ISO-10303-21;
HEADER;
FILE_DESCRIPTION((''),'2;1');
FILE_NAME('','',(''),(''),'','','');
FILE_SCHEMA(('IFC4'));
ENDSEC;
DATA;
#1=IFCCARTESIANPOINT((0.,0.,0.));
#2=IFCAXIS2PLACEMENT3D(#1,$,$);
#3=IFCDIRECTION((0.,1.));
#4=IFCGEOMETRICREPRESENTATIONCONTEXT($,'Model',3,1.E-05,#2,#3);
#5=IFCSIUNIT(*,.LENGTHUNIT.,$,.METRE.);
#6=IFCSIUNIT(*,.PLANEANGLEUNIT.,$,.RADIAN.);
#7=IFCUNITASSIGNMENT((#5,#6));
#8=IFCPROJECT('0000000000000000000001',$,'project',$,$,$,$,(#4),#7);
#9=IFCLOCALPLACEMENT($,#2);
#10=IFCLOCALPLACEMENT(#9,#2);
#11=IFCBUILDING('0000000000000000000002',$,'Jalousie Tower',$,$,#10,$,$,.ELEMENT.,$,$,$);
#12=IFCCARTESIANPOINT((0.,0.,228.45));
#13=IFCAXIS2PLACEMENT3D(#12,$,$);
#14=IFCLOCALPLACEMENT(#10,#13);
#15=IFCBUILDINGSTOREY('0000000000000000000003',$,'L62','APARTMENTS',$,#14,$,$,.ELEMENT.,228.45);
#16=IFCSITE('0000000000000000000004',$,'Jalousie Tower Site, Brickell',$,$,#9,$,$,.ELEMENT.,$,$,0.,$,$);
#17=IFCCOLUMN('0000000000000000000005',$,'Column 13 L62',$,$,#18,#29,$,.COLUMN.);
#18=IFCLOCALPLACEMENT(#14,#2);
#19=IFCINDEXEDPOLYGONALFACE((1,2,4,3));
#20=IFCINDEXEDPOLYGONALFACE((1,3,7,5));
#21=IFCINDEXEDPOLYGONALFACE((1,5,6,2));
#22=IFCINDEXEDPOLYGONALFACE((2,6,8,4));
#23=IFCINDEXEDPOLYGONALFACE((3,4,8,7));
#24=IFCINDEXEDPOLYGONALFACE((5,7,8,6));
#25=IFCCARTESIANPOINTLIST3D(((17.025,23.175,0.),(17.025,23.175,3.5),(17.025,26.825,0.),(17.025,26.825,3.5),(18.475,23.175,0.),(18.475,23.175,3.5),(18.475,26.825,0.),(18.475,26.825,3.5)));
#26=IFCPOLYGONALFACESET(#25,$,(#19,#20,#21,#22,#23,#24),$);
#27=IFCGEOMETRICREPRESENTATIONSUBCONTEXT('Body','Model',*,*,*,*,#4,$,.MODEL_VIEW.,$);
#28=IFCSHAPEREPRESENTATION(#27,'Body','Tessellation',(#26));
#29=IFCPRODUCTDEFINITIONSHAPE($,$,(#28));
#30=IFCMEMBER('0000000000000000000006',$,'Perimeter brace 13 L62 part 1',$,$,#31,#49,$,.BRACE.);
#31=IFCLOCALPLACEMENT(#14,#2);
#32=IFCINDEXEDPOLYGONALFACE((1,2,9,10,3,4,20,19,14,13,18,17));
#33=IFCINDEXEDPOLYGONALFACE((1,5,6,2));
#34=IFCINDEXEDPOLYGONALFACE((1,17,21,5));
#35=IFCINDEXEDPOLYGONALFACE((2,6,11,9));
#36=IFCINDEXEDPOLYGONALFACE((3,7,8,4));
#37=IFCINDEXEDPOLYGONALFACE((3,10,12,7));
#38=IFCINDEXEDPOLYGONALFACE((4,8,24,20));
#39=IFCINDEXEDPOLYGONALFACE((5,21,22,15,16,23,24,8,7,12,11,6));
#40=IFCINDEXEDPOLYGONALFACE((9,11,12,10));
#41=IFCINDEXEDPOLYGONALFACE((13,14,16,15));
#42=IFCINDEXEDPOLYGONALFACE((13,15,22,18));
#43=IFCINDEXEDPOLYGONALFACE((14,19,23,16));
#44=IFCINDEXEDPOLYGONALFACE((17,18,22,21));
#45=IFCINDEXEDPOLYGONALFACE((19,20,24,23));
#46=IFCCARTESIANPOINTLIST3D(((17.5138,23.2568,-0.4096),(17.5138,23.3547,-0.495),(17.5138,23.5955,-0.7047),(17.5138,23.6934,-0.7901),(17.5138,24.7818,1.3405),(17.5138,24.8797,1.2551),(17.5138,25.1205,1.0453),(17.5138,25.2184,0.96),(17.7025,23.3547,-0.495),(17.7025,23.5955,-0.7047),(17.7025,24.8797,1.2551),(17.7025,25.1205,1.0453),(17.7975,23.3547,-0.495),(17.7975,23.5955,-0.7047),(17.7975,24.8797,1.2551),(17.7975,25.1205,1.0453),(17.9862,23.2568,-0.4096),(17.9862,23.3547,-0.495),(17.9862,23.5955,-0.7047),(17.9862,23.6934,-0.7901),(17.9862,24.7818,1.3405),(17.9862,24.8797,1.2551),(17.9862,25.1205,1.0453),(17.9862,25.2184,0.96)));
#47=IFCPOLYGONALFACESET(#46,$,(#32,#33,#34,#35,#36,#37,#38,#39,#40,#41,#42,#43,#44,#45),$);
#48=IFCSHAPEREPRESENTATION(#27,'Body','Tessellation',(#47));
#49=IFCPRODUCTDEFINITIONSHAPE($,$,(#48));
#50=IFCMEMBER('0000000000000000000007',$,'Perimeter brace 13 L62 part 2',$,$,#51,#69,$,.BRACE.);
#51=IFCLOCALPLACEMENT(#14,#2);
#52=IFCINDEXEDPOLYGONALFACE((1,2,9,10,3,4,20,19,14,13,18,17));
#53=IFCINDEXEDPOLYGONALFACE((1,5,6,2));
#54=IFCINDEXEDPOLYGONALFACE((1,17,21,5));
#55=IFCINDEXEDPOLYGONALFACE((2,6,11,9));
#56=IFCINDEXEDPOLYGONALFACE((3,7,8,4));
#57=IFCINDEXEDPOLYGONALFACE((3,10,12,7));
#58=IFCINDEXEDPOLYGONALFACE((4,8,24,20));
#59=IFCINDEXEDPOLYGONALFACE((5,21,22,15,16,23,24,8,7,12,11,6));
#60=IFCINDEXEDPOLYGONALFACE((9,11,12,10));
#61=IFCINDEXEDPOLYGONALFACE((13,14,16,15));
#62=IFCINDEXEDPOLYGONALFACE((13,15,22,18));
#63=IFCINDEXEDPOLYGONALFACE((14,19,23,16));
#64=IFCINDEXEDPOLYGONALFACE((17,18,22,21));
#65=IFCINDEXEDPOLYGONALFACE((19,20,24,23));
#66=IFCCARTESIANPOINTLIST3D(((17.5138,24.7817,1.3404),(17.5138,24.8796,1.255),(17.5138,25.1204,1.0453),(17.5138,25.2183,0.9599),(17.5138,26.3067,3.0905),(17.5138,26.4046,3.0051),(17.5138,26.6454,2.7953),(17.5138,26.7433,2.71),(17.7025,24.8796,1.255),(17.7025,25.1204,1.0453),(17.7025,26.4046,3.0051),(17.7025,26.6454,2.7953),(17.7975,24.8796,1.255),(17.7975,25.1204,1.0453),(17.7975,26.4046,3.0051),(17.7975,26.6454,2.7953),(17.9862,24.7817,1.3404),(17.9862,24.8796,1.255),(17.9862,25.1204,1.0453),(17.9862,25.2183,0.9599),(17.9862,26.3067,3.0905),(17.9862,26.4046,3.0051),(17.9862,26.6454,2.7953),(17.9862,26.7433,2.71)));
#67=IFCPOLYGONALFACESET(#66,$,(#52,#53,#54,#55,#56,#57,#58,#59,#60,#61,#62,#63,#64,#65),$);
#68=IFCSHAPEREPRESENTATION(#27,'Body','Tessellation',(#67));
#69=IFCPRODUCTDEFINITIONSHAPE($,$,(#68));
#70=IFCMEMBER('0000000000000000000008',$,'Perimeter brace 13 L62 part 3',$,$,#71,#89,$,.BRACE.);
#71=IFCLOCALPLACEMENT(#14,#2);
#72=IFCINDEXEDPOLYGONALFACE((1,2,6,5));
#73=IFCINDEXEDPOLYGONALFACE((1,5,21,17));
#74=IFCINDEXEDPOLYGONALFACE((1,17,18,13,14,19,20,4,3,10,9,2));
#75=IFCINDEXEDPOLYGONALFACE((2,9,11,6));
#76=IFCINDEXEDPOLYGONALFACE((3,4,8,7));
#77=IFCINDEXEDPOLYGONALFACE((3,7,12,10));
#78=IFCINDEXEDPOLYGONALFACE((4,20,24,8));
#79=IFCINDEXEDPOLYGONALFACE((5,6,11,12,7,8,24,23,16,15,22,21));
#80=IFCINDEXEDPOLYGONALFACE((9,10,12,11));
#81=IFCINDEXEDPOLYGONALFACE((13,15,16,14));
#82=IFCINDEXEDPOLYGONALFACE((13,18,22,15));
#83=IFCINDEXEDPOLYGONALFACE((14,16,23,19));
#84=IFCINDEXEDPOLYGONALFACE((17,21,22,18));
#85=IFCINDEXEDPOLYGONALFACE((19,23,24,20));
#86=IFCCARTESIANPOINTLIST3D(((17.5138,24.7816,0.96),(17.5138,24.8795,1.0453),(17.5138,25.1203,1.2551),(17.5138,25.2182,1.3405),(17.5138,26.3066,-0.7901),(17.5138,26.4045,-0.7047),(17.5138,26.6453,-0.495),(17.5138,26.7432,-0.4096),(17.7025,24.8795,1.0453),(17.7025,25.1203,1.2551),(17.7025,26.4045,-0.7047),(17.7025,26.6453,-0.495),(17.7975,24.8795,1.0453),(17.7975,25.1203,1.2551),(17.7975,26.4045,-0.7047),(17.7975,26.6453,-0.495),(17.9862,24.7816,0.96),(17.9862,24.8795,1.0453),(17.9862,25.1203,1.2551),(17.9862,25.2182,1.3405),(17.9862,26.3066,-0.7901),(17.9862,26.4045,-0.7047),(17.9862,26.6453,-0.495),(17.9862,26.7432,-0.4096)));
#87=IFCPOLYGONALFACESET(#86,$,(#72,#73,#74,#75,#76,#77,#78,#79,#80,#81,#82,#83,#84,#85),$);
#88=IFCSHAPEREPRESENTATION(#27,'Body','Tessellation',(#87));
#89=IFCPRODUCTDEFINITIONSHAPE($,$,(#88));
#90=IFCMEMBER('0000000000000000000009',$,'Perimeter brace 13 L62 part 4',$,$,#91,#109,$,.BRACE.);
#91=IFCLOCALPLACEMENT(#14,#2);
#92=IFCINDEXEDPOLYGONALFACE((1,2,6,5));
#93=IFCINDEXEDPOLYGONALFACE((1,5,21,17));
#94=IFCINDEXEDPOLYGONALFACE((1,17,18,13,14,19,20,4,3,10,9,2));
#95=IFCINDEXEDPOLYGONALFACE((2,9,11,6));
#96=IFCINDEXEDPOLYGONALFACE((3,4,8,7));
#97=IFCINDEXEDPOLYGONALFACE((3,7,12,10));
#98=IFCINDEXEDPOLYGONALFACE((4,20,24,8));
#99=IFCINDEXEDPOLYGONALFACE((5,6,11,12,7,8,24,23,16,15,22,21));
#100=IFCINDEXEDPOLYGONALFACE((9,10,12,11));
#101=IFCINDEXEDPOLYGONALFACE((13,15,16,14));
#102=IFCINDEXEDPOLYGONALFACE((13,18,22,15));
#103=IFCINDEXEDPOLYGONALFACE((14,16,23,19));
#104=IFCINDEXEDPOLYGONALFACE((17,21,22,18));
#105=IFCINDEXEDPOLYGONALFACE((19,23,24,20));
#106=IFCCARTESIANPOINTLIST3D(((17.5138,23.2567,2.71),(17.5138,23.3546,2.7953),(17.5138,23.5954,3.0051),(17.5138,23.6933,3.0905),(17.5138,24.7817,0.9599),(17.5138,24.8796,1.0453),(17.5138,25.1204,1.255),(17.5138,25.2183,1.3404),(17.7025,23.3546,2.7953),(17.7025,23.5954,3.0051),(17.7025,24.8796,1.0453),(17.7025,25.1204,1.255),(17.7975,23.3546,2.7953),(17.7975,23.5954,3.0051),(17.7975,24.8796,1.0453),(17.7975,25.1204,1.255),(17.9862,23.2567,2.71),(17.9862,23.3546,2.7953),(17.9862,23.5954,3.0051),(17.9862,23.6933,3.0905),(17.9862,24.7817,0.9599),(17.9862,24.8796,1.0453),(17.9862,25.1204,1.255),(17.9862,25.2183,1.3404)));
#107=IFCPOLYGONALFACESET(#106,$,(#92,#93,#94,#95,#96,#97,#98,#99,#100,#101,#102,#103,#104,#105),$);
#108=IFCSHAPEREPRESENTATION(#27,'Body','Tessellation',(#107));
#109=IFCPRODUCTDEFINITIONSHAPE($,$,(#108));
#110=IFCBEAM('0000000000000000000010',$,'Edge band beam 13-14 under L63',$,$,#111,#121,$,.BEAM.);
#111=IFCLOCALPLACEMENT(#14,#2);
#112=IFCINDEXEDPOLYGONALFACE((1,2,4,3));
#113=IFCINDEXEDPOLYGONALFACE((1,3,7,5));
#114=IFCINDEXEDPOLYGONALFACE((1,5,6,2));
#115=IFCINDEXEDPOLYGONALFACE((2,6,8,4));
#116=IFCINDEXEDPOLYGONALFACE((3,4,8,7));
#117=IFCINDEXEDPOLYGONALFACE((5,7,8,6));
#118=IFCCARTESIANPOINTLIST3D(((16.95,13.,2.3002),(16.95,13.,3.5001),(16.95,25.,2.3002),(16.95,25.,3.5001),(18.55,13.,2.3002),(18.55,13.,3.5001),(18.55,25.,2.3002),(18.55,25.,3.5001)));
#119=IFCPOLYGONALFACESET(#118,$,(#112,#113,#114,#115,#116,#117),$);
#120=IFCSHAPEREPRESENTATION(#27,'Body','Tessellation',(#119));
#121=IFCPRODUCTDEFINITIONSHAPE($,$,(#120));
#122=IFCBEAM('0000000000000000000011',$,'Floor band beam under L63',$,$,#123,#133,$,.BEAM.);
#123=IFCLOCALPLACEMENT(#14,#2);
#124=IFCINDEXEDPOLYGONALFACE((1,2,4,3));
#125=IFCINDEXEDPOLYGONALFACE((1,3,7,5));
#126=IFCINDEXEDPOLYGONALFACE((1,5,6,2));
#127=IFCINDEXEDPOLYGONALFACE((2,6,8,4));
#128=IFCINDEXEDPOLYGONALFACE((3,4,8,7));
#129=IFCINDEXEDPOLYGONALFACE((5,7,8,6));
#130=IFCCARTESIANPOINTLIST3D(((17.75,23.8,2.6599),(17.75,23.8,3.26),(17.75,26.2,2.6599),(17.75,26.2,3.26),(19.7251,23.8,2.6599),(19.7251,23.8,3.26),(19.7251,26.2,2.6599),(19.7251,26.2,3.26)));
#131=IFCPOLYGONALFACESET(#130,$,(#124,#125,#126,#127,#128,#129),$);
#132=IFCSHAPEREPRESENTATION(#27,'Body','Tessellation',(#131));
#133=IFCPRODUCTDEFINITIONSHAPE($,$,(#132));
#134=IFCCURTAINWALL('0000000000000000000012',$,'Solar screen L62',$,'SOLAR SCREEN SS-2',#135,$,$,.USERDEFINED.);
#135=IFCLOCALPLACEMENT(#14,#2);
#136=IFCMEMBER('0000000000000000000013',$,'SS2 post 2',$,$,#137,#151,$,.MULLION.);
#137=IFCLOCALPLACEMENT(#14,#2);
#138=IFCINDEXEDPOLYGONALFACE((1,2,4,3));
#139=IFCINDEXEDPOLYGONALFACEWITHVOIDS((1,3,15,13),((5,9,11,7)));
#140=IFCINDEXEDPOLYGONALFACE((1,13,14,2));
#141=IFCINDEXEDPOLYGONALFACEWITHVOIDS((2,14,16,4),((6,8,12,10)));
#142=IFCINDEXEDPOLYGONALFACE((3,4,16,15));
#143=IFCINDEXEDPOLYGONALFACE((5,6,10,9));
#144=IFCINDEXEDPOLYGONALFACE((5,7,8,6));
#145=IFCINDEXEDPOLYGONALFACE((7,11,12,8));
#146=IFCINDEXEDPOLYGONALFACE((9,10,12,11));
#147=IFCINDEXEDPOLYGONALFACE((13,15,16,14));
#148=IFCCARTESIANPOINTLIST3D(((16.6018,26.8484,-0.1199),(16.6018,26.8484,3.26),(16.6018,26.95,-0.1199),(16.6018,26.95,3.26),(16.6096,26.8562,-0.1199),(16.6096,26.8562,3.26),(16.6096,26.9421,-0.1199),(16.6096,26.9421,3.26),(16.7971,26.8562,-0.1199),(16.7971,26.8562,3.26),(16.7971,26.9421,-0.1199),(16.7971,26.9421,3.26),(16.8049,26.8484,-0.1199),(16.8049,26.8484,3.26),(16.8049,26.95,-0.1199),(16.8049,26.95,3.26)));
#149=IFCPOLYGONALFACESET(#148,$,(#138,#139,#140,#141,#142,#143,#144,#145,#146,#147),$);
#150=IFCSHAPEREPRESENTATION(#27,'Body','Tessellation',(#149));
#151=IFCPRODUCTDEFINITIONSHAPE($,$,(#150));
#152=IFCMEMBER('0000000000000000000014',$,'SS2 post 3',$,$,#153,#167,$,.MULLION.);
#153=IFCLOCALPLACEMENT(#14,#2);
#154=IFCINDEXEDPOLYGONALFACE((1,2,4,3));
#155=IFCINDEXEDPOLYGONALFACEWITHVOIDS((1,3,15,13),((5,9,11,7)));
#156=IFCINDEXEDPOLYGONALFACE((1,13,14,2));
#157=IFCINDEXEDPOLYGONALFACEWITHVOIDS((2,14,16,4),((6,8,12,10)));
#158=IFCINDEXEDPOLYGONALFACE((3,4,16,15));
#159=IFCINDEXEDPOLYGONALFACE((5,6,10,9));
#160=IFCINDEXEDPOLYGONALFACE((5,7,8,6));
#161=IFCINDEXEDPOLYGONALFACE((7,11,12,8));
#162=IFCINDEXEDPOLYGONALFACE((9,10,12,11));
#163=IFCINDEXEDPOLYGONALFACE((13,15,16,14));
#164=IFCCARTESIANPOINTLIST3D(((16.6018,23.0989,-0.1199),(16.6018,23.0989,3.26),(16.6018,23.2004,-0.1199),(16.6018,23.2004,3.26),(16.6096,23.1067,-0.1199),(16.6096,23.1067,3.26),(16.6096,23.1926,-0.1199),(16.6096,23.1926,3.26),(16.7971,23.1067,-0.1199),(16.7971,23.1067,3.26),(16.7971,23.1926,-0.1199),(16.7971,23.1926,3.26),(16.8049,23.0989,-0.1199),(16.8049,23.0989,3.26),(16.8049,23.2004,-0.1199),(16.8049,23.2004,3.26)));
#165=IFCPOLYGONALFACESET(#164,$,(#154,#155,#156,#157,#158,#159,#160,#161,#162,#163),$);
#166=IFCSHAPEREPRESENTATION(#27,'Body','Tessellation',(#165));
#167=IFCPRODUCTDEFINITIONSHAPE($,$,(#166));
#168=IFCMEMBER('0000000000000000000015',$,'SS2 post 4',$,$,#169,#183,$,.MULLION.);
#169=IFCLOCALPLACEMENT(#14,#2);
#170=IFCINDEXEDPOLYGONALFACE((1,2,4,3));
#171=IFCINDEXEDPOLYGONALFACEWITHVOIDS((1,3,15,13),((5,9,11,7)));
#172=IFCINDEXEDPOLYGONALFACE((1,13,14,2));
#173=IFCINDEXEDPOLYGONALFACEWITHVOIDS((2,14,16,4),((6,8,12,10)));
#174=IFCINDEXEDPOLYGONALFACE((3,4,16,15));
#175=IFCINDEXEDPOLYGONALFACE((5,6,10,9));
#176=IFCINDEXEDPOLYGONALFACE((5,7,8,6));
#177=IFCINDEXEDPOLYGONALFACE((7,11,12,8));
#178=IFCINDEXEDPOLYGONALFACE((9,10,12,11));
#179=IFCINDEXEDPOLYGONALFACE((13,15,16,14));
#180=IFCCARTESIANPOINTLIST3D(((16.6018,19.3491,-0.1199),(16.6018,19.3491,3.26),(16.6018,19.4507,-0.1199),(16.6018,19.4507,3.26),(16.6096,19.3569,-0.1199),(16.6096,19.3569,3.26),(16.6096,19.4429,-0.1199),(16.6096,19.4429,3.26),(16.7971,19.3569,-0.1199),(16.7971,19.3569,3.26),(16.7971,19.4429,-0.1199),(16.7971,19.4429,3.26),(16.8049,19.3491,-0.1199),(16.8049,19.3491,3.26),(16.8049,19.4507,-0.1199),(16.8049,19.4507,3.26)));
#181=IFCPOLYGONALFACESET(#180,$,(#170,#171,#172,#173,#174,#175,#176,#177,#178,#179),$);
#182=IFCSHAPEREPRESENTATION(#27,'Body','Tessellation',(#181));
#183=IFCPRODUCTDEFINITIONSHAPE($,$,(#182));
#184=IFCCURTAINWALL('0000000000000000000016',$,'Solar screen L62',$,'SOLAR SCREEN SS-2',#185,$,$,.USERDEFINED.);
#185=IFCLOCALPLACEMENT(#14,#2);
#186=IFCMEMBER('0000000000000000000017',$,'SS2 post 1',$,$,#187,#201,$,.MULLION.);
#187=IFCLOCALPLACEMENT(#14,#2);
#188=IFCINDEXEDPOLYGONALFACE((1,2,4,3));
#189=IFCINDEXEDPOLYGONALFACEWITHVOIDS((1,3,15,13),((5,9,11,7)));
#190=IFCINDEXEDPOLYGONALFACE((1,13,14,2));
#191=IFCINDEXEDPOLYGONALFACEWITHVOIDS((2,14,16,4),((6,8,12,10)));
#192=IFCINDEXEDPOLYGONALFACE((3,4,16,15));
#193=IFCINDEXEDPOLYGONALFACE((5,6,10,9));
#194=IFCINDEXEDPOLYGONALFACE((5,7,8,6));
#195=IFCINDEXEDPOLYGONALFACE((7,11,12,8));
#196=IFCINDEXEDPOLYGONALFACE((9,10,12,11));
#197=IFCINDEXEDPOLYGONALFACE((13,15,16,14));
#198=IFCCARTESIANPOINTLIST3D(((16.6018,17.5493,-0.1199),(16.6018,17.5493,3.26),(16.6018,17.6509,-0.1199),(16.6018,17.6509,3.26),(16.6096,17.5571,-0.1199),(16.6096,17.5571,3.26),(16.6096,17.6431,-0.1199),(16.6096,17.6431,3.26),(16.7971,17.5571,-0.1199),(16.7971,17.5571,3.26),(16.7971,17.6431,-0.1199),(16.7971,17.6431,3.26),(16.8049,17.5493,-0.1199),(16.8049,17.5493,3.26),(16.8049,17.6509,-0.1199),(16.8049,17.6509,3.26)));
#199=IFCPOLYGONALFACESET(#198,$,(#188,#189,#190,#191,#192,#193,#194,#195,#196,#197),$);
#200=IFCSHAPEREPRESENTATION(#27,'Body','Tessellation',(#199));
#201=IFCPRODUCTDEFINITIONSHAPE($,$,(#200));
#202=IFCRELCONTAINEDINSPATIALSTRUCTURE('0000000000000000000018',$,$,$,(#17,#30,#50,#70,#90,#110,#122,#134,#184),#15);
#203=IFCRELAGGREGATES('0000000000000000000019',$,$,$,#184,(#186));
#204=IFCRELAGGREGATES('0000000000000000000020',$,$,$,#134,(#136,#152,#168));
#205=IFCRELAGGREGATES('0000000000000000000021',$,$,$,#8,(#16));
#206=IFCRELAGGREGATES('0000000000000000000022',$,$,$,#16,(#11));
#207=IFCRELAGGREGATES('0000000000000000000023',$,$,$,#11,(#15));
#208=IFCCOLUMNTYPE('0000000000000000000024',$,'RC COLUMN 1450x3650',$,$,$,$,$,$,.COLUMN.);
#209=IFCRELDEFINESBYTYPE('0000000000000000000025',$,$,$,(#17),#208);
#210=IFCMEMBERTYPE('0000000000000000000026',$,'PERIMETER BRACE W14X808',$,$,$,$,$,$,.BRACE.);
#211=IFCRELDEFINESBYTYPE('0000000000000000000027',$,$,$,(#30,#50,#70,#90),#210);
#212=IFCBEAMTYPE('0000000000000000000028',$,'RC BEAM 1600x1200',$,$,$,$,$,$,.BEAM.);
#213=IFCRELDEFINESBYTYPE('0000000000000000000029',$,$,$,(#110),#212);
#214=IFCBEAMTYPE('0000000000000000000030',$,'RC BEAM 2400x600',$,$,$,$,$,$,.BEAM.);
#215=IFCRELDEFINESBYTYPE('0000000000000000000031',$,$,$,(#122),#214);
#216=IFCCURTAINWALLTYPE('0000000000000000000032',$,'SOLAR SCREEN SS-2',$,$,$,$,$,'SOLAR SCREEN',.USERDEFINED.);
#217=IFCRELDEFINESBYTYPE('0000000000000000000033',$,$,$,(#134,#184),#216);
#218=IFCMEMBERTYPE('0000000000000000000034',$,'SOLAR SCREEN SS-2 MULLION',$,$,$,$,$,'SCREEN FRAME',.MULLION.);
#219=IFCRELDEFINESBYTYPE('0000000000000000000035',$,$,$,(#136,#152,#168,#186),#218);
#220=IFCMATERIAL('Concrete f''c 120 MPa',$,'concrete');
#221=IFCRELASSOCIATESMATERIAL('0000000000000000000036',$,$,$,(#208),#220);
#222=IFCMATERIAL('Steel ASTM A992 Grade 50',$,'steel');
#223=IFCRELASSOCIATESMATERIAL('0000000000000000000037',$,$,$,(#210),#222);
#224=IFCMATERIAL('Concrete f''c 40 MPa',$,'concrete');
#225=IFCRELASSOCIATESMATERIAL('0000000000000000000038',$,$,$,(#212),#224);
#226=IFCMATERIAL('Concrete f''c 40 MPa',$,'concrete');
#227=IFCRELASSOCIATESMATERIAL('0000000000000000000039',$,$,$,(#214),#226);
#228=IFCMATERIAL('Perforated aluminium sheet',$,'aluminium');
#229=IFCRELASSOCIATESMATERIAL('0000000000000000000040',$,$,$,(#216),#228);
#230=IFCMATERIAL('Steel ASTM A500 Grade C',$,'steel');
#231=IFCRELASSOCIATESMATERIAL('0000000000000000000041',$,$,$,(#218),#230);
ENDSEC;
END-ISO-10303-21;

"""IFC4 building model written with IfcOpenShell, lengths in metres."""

from ifc_helpers import new_model, si_unit, direction, frame, origin, origin_2d, place, context, subcontext, project, spatial, rectangle, hollow_rectangle, i_section, extrude, material, material_profile, profile_set, type_object, element, aggregate, save


model = new_model("IFC4")

# Units and contexts
model_context = context("Model", 3, precision=1e-05, world=origin(), true_north=direction((0.0, 1.0)))
body_context = subcontext(model_context, "Body", "Model", "MODEL_VIEW")
ifc_project = project(units=[si_unit("LENGTHUNIT", "METRE"), si_unit("PLANEANGLEUNIT", "RADIAN")], contexts=[model_context])

# Site, building, storey
site_placement = place(None, origin())
site = spatial("IfcSite", under=ifc_project, at=site_placement, Name="Jalousie Tower Site, Brickell", CompositionType="ELEMENT", RefElevation=0.0)
building_placement = place(site_placement, origin())
building = spatial("IfcBuilding", under=site, at=building_placement, Name="Jalousie Tower", CompositionType="ELEMENT")
storey_placement = place(building_placement, frame((0.0, 0.0, 228.45)))
storey = spatial("IfcBuildingStorey", under=building, at=storey_placement, Name="L62", Description="APARTMENTS", CompositionType="ELEMENT", Elevation=228.45)

# Column
ifc_material_1 = material(Name="Concrete f'c 120 MPa", Category="concrete")
ifc_material_profile_1 = material_profile(ifc_material_1, rectangle(XDim=1.45, YDim=3.6499, at=origin_2d()), Name="RC 1450x3650")
ifc_profile_set_1 = profile_set([ifc_material_profile_1], Name="Concrete f'c 120 MPa")
column_type = type_object("IfcColumnType", Name="RC COLUMN 1450x3650", PredefinedType="COLUMN", material=ifc_profile_set_1)
column_placement = place(storey_placement, frame((17.75, 25.0, 0.0), z_axis=(0.0, 0.0, 1.0), x_axis=(1.0, 0.0, 0.0)))
element("IfcColumn", 1, at=column_placement, inside=storey, type_object=column_type, Name="Column 13 L62", PredefinedType="COLUMN", context=body_context, shape_type="SweptSolid", body=[
    extrude(rectangle(XDim=1.45, YDim=3.6499, at=origin_2d()), origin(), (0.0, 0.0, 1.0), 3.5),
])

# Members
ifc_material_2 = material(Name="Steel ASTM A992 Grade 50", Category="steel")
ifc_material_profile_2 = material_profile(ifc_material_2, i_section(OverallWidth=0.4724, OverallDepth=0.5791, WebThickness=0.095, FlangeThickness=0.1299, at=origin_2d()), Name="W14X808")
ifc_profile_set_2 = profile_set([ifc_material_profile_2], Name="Steel ASTM A992 Grade 50")
member_type_1 = type_object("IfcMemberType", Name="PERIMETER BRACE W14X808", PredefinedType="BRACE", material=ifc_profile_set_2)
for number, where, z_axis, x_axis, name in (
    (2, (17.75, 23.4751, -0.5999), (0.0, 0.656954, 0.75393), (-1.0, 0.0, 0.0), "Perimeter brace 13 L62 part 1"),
    (3, (17.75, 25.0, 1.1501), (0.0, 0.656954, 0.75393), (-1.0, 0.0, 0.0), "Perimeter brace 13 L62 part 2"),
    (4, (17.75, 26.5249, -0.5999), (0.0, -0.656954, 0.75393), (1.0, 0.0, 0.0), "Perimeter brace 13 L62 part 3"),
    (5, (17.75, 25.0, 1.1501), (0.0, -0.656954, 0.75393), (1.0, 0.0, 0.0), "Perimeter brace 13 L62 part 4"),
):
    element("IfcMember", number, at=place(storey_placement, frame(where, z_axis=z_axis, x_axis=x_axis)), inside=storey, type_object=member_type_1, Name=name, PredefinedType="BRACE", context=body_context, shape_type="SweptSolid", body=[
        extrude(i_section(OverallWidth=0.4724, OverallDepth=0.5791, WebThickness=0.095, FlangeThickness=0.1299, at=origin_2d()), origin(), (0.0, 0.0, 1.0), 2.3213),
    ])

# Beams
ifc_material_3 = material(Name="Concrete f'c 40 MPa", Category="concrete")
ifc_material_profile_3 = material_profile(ifc_material_3, rectangle(XDim=1.6001, YDim=1.2, at=origin_2d()), Name="RC 1600x1200")
ifc_profile_set_3 = profile_set([ifc_material_profile_3], Name="Concrete f'c 40 MPa")
beam_type_1 = type_object("IfcBeamType", Name="RC BEAM 1600x1200", PredefinedType="BEAM", material=ifc_profile_set_3)
beam_1_placement = place(storey_placement, frame((17.75, 25.0, 2.9001), z_axis=(0.0, -1.0, 0.0), x_axis=(1.0, 0.0, 0.0)))
element("IfcBeam", 6, at=beam_1_placement, inside=storey, type_object=beam_type_1, Name="Edge band beam 13-14 under L63", PredefinedType="BEAM", context=body_context, shape_type="SweptSolid", body=[
    extrude(rectangle(XDim=1.6001, YDim=1.2, at=origin_2d()), origin(), (0.0, 0.0, 1.0), 12.0),
])
ifc_material_4 = material(Name="Concrete f'c 40 MPa", Category="concrete")
ifc_material_profile_4 = material_profile(ifc_material_4, rectangle(XDim=2.3999, YDim=0.6001, at=origin_2d()), Name="RC 2400x600")
ifc_profile_set_4 = profile_set([ifc_material_profile_4], Name="Concrete f'c 40 MPa")
beam_type_2 = type_object("IfcBeamType", Name="RC BEAM 2400x600", PredefinedType="BEAM", material=ifc_profile_set_4)
beam_2_placement = place(storey_placement, frame((17.75, 25.0, 2.96), z_axis=(1.0, 0.0, 0.0), x_axis=(0.0, 1.0, 0.0)))
element("IfcBeam", 7, at=beam_2_placement, inside=storey, type_object=beam_type_2, Name="Floor band beam under L63", PredefinedType="BEAM", context=body_context, shape_type="SweptSolid", body=[
    extrude(rectangle(XDim=2.3999, YDim=0.6001, at=origin_2d()), origin(), (0.0, 0.0, 1.0), 1.9751),
])

# Curtain walls, members
ifc_material_5 = material(Name="Perforated aluminium sheet", Category="aluminium")
curtain_wall_type = type_object("IfcCurtainWallType", Name="SOLAR SCREEN SS-2", ElementType="SOLAR SCREEN", PredefinedType="USERDEFINED", material=ifc_material_5)
curtain_wall_1_placement = place(storey_placement, origin())
curtain_wall_1 = element("IfcCurtainWall", 8, at=curtain_wall_1_placement, inside=storey, type_object=curtain_wall_type, Name="Solar screen L62", ObjectType="SOLAR SCREEN SS-2", PredefinedType="USERDEFINED")
ifc_material_6 = material(Name="Steel ASTM A500 Grade C", Category="steel")
ifc_material_profile_5 = material_profile(ifc_material_6, hollow_rectangle(XDim=0.1016, YDim=0.2031, WallThickness=0.0078, at=origin_2d()), Name="HSS8X4X5/16")
ifc_profile_set_5 = profile_set([ifc_material_profile_5], Name="Steel ASTM A500 Grade C")
member_type_2 = type_object("IfcMemberType", Name="SOLAR SCREEN SS-2 MULLION", ElementType="SCREEN FRAME", PredefinedType="MULLION", material=ifc_profile_set_5)
member_1_placement = place(storey_placement, frame((16.7034, 26.8992, -0.1199), z_axis=(0.0, 0.0, 1.0), x_axis=(0.0, -1.0, 0.0)))
member_1 = element("IfcMember", 9, at=member_1_placement, type_object=member_type_2, Name="SS2 post 2", PredefinedType="MULLION", context=body_context, shape_type="SweptSolid", body=[
    extrude(hollow_rectangle(XDim=0.1016, YDim=0.2031, WallThickness=0.0078, at=origin_2d()), origin(), (0.0, 0.0, 1.0), 3.3799),
])
member_2_placement = place(storey_placement, frame((16.7034, 23.1497, -0.1199), z_axis=(0.0, 0.0, 1.0), x_axis=(0.0, -1.0, 0.0)))
member_2 = element("IfcMember", 10, at=member_2_placement, type_object=member_type_2, Name="SS2 post 3", PredefinedType="MULLION", context=body_context, shape_type="SweptSolid", body=[
    extrude(hollow_rectangle(XDim=0.1016, YDim=0.2031, WallThickness=0.0078, at=origin_2d()), origin(), (0.0, 0.0, 1.0), 3.3799),
])
member_3_placement = place(storey_placement, frame((16.7034, 19.3999, -0.1199), z_axis=(0.0, 0.0, 1.0), x_axis=(0.0, -1.0, 0.0)))
member_3 = element("IfcMember", 11, at=member_3_placement, type_object=member_type_2, Name="SS2 post 4", PredefinedType="MULLION", context=body_context, shape_type="SweptSolid", body=[
    extrude(hollow_rectangle(XDim=0.1016, YDim=0.2031, WallThickness=0.0078, at=origin_2d()), origin(), (0.0, 0.0, 1.0), 3.3799),
])
curtain_wall_2_placement = place(storey_placement, origin())
curtain_wall_2 = element("IfcCurtainWall", 12, at=curtain_wall_2_placement, inside=storey, type_object=curtain_wall_type, Name="Solar screen L62", ObjectType="SOLAR SCREEN SS-2", PredefinedType="USERDEFINED")
member_4_placement = place(storey_placement, frame((16.7034, 17.6001, -0.1199), z_axis=(0.0, 0.0, 1.0), x_axis=(0.0, -1.0, 0.0)))
member_4 = element("IfcMember", 13, at=member_4_placement, type_object=member_type_2, Name="SS2 post 1", PredefinedType="MULLION", context=body_context, shape_type="SweptSolid", body=[
    extrude(hollow_rectangle(XDim=0.1016, YDim=0.2031, WallThickness=0.0078, at=origin_2d()), origin(), (0.0, 0.0, 1.0), 3.3799),
])
aggregate(curtain_wall_2, [member_4])

aggregate(curtain_wall_1, [member_1, member_2, member_3])

save(model, "model.ifc")
